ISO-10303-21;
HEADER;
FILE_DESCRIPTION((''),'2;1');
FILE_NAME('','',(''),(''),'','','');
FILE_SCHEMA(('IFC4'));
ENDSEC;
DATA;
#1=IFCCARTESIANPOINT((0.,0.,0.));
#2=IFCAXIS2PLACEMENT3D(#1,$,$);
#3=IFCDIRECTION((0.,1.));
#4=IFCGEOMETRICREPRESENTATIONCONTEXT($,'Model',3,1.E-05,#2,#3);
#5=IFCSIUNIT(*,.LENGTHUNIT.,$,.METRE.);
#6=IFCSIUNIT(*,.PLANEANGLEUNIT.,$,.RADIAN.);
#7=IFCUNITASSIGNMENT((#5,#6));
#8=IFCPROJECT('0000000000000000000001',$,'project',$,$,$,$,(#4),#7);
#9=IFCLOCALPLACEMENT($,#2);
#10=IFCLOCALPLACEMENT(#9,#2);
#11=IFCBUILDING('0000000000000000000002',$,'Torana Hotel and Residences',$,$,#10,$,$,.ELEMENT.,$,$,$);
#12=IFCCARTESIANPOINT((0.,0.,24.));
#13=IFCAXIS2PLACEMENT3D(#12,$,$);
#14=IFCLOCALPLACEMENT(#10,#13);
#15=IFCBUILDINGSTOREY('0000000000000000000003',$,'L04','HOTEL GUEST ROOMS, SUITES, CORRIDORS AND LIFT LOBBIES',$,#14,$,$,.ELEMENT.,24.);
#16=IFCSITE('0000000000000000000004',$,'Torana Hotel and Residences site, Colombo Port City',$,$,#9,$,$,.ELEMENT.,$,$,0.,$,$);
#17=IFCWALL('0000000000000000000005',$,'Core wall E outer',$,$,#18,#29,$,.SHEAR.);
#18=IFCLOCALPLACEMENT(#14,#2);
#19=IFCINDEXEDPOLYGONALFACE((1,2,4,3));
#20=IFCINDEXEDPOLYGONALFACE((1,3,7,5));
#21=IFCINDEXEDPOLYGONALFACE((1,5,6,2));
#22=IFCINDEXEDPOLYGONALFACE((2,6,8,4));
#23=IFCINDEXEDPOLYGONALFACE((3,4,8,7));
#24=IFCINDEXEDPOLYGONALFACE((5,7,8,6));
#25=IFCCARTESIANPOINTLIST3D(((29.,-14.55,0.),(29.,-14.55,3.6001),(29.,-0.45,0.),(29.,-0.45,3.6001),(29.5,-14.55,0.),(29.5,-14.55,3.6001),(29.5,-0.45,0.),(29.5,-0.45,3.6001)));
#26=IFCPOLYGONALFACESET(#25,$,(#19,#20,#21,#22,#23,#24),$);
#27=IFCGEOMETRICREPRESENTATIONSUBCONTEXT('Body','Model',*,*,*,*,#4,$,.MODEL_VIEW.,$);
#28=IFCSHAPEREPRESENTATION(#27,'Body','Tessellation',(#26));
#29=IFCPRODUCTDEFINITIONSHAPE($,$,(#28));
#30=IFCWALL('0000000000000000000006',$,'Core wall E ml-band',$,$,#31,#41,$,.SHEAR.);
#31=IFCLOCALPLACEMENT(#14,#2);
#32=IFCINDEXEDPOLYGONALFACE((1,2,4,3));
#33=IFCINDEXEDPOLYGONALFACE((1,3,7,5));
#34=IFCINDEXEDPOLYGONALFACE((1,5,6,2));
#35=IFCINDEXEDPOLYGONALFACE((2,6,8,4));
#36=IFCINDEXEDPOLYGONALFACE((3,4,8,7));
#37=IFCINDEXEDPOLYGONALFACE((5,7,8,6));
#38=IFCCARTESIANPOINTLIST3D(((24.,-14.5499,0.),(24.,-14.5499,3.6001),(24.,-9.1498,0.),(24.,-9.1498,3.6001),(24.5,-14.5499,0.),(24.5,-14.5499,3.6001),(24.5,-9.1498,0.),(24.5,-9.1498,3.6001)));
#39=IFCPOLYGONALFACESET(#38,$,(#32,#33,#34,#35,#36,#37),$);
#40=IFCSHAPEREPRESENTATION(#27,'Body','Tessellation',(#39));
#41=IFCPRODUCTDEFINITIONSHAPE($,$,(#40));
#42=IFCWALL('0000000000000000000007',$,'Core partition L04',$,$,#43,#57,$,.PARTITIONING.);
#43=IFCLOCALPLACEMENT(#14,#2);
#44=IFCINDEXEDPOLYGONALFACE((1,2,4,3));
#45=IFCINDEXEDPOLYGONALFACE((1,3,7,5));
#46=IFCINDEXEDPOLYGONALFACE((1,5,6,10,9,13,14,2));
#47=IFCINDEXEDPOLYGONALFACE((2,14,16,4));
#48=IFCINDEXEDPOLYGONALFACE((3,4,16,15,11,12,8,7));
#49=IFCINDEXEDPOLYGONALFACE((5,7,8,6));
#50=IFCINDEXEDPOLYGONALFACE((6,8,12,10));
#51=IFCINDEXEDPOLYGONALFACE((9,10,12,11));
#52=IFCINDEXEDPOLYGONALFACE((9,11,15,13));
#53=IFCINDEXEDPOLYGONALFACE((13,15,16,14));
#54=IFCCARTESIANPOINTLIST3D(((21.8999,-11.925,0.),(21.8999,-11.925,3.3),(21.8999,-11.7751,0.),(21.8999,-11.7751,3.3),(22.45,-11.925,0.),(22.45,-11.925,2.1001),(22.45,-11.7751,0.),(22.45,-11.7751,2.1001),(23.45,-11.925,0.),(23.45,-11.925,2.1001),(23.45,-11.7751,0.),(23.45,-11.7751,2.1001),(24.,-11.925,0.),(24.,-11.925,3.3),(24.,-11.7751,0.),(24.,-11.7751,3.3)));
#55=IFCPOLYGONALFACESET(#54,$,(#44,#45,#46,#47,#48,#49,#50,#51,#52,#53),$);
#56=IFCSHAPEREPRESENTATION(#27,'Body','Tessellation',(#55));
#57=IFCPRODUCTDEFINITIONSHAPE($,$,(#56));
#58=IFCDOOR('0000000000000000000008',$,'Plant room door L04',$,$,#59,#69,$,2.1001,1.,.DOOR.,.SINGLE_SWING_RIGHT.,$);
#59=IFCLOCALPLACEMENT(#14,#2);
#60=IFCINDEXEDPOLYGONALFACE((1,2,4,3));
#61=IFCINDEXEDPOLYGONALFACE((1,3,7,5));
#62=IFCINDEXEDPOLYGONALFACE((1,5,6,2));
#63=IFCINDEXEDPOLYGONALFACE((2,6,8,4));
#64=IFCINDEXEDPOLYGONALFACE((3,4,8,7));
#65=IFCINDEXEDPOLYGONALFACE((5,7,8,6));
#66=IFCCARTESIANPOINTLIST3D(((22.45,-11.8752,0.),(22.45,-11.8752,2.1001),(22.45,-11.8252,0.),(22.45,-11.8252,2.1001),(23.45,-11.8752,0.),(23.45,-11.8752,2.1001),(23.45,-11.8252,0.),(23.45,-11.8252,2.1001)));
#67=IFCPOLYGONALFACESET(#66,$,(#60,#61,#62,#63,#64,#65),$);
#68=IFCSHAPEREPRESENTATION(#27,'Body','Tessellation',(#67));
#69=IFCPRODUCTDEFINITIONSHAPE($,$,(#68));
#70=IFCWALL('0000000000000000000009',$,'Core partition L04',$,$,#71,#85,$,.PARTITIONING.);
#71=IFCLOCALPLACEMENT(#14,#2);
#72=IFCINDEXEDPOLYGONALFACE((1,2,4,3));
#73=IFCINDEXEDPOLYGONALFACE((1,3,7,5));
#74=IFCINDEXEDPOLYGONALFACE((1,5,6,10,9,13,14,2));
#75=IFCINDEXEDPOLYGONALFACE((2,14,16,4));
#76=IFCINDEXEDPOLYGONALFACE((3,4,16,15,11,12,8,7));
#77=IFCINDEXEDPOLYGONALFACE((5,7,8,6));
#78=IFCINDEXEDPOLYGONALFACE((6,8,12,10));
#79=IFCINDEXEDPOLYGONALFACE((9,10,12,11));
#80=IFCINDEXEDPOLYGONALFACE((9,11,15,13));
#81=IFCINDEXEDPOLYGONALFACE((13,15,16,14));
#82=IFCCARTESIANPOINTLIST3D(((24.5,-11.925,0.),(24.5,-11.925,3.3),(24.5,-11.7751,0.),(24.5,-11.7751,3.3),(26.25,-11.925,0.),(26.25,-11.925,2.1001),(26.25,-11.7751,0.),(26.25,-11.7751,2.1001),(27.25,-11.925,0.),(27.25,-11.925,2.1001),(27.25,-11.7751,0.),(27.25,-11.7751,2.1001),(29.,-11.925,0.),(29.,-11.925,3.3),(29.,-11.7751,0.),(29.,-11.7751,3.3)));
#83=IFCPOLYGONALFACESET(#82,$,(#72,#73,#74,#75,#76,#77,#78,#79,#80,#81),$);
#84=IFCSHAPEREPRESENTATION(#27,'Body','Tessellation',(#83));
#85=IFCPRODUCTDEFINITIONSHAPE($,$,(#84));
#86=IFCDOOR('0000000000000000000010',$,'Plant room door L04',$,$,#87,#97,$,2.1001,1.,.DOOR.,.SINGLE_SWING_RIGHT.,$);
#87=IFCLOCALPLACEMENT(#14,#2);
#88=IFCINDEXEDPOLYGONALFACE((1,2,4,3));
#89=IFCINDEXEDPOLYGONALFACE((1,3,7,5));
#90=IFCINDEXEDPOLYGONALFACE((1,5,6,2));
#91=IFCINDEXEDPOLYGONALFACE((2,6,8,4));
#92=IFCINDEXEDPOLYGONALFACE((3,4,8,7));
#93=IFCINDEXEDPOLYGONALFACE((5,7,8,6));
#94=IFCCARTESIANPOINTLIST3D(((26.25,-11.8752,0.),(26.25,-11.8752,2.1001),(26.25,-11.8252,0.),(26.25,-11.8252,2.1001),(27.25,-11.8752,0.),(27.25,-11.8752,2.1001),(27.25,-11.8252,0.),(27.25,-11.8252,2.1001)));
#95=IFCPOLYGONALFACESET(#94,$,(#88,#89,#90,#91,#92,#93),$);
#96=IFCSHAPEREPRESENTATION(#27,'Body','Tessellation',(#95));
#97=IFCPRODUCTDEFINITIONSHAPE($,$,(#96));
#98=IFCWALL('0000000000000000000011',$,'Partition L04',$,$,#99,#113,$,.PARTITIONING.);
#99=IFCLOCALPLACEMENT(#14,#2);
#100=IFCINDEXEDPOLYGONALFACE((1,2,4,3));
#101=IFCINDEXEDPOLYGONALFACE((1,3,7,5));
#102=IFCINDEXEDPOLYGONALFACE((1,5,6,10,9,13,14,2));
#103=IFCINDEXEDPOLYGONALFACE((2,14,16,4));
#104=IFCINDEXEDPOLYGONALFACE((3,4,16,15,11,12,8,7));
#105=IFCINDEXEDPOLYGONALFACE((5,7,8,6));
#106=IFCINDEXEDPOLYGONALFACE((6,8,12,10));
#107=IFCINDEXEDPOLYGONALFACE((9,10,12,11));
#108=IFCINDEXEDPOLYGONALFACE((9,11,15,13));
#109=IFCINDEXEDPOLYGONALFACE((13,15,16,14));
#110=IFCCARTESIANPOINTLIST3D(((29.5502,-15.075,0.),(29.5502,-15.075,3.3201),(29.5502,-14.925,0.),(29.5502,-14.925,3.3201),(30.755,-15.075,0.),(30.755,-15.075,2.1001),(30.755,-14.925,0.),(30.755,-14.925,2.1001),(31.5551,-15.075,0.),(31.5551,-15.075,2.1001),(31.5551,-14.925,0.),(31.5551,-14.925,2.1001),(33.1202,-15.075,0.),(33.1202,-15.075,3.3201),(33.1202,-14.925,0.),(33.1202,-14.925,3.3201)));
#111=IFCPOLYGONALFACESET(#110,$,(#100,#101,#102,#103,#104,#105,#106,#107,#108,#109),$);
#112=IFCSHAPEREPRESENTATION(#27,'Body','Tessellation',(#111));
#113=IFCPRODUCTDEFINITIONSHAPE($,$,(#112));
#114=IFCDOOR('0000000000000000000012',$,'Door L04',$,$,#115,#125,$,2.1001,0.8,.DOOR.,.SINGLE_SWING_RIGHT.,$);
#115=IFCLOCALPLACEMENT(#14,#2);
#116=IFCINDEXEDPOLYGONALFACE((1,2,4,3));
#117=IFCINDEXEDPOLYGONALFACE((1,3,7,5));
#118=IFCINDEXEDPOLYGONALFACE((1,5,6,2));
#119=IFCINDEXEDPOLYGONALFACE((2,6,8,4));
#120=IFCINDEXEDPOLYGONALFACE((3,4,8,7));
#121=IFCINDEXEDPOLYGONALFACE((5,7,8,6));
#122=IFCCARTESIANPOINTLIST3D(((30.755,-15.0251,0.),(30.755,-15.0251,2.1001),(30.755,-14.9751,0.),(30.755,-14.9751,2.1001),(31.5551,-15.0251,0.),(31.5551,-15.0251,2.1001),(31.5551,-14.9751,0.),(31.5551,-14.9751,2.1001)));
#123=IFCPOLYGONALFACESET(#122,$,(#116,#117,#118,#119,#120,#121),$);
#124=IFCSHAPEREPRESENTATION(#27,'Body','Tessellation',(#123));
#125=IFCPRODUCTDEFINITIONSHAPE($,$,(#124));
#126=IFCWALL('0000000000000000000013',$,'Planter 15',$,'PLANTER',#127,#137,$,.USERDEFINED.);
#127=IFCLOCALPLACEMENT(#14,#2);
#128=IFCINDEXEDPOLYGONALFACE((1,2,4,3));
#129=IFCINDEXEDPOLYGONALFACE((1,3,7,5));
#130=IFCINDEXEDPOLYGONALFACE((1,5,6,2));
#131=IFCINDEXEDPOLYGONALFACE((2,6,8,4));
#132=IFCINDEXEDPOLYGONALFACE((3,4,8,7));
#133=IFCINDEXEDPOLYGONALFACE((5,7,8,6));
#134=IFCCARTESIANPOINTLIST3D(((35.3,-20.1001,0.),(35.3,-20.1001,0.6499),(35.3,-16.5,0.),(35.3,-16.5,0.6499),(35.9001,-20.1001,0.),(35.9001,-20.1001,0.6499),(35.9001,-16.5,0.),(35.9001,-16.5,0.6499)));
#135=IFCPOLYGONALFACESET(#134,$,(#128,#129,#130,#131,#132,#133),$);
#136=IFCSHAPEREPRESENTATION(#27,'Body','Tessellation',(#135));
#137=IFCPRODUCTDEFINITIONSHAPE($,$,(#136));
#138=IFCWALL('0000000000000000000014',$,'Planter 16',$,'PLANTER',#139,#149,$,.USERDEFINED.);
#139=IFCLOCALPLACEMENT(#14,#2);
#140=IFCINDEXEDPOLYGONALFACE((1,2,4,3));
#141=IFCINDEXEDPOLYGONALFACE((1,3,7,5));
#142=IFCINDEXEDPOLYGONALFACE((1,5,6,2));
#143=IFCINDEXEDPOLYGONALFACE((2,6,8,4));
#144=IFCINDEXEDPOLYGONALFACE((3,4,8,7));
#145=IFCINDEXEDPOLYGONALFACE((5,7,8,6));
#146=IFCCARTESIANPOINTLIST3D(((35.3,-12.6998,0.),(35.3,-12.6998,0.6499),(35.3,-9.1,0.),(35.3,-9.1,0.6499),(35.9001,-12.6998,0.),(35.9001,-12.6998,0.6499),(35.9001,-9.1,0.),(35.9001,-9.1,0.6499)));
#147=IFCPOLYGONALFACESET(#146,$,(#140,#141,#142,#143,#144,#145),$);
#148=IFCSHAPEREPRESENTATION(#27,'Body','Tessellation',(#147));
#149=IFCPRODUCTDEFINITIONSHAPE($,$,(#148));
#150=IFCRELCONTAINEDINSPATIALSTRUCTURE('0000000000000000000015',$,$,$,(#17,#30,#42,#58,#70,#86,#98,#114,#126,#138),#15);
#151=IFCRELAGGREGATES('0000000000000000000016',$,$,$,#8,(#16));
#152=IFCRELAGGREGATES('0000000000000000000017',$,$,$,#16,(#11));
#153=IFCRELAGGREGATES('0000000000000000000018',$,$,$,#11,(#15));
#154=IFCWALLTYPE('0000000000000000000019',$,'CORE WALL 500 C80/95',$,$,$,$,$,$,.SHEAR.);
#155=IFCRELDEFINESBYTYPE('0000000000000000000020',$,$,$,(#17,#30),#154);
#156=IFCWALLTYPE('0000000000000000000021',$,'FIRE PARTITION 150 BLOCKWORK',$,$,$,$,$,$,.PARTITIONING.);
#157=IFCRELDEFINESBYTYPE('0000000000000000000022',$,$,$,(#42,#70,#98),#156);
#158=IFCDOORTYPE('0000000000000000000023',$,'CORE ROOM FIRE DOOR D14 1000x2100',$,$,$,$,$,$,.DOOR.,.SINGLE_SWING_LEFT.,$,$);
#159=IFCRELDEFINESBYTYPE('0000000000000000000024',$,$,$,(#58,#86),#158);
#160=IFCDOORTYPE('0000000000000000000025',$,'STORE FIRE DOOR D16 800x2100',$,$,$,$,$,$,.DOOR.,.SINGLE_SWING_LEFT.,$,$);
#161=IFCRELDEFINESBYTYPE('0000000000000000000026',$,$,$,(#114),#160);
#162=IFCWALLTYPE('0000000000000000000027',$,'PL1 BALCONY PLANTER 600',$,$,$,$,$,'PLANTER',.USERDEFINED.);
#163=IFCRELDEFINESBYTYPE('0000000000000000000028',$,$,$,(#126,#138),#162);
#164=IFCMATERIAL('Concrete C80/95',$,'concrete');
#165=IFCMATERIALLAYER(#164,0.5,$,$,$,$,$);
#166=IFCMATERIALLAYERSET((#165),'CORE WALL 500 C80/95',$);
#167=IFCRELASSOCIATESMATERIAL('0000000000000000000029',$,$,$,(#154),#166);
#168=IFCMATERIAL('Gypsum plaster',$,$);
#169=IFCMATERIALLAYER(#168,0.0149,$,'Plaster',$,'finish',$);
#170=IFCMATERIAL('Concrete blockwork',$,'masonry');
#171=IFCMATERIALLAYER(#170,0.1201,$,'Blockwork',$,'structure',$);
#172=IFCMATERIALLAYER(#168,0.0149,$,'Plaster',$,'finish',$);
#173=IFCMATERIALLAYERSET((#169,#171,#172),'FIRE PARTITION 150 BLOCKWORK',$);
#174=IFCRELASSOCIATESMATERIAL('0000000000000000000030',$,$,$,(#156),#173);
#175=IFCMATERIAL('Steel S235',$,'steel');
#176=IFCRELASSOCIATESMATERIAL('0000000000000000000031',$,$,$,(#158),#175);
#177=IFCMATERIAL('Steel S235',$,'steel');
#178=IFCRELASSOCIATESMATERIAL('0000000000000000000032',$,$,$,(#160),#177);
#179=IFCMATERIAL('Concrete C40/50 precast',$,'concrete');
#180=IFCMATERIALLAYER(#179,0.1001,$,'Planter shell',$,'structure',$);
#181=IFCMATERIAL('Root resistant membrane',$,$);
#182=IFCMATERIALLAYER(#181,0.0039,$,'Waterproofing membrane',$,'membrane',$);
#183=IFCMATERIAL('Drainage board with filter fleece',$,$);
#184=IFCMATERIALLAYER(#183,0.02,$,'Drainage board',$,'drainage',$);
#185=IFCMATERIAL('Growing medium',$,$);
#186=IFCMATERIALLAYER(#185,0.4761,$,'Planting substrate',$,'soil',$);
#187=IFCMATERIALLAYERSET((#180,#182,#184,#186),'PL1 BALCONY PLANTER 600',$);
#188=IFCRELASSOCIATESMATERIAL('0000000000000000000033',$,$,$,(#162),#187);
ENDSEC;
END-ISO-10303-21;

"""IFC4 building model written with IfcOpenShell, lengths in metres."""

from ifc_helpers import new_model, si_unit, direction, frame, frame_2d, origin, place, context, subcontext, project, spatial, rectangle, extrude, material, layer, layer_set, type_object, element, fill, save


model = new_model("IFC4")

# Units and contexts
model_context = context("Model", 3, precision=1e-05, world=origin(), true_north=direction((0.0, 1.0)))
body_context = subcontext(model_context, "Body", "Model", "MODEL_VIEW")
ifc_project = project(units=[si_unit("LENGTHUNIT", "METRE"), si_unit("PLANEANGLEUNIT", "RADIAN")], contexts=[model_context])

# Site, building, storey
site_placement = place(None, origin())
site = spatial("IfcSite", under=ifc_project, at=site_placement, Name="Torana Hotel and Residences site, Colombo Port City", CompositionType="ELEMENT", RefElevation=0.0)
building_placement = place(site_placement, origin())
building = spatial("IfcBuilding", under=site, at=building_placement, Name="Torana Hotel and Residences", CompositionType="ELEMENT")
storey_placement = place(building_placement, frame((0.0, 0.0, 24.0)))
storey = spatial("IfcBuildingStorey", under=building, at=storey_placement, Name="L04", Description="HOTEL GUEST ROOMS, SUITES, CORRIDORS AND LIFT LOBBIES", CompositionType="ELEMENT", Elevation=24.0)

# Walls
ifc_material_1 = material(Name="Concrete C80/95", Category="concrete")
ifc_layer_1 = layer(ifc_material_1, 0.5)
ifc_layer_set_1 = layer_set([ifc_layer_1], Name="CORE WALL 500 C80/95")
wall_type_1 = type_object("IfcWallType", Name="CORE WALL 500 C80/95", PredefinedType="SHEAR", material=ifc_layer_set_1)
wall_1_placement = place(storey_placement, frame((29.25, -14.55, 0.0), z_axis=(0.0, 0.0, 1.0), x_axis=(0.0, 1.0, 0.0)))
element("IfcWall", 1, at=wall_1_placement, inside=storey, type_object=wall_type_1, Name="Core wall E outer", PredefinedType="SHEAR", context=body_context, shape_type="SweptSolid", body=[
    extrude(rectangle(XDim=14.1001, YDim=0.5, at=frame_2d((7.05, 0.0))), origin(), (0.0, 0.0, 1.0), 3.6001),
])
wall_2_placement = place(storey_placement, frame((24.25, -14.55, 0.0), z_axis=(0.0, 0.0, 1.0), x_axis=(0.0, 1.0, 0.0)))
element("IfcWall", 2, at=wall_2_placement, inside=storey, type_object=wall_type_1, Name="Core wall E ml-band", PredefinedType="SHEAR", context=body_context, shape_type="SweptSolid", body=[
    extrude(rectangle(XDim=5.4001, YDim=0.5, at=frame_2d((2.7002, 0.0))), origin(), (0.0, 0.0, 1.0), 3.6001),
])

# Walls, openings, doors
ifc_material_2 = material(Name="Gypsum plaster")
ifc_layer_2 = layer(ifc_material_2, 0.0149, Name="Plaster", Category="finish")
ifc_material_3 = material(Name="Concrete blockwork", Category="masonry")
ifc_layer_3 = layer(ifc_material_3, 0.1201, Name="Blockwork", Category="structure")
ifc_layer_4 = layer(ifc_material_2, 0.0149, Name="Plaster", Category="finish")
ifc_layer_set_2 = layer_set([ifc_layer_2, ifc_layer_3, ifc_layer_4], Name="FIRE PARTITION 150 BLOCKWORK")
wall_type_2 = type_object("IfcWallType", Name="FIRE PARTITION 150 BLOCKWORK", PredefinedType="PARTITIONING", material=ifc_layer_set_2)
wall_3_placement = place(storey_placement, frame((21.8999, -11.8501, 0.0), z_axis=(0.0, 0.0, 1.0), x_axis=(1.0, 0.0, 0.0)))
wall_3 = element("IfcWall", 3, at=wall_3_placement, inside=storey, type_object=wall_type_2, Name="Core partition L04", PredefinedType="PARTITIONING", context=body_context, shape_type="SweptSolid", body=[
    extrude(rectangle(XDim=2.1001, YDim=0.1499, at=frame_2d((1.05, 0.0))), origin(), (0.0, 0.0, 1.0), 3.3),
])
opening_1_placement = place(wall_3_placement, frame((0.55, 0.0, 0.0)))
opening_1 = element("IfcOpeningElement", 4, at=opening_1_placement, cuts=wall_3, PredefinedType="OPENING", context=body_context, shape_type="SweptSolid", body=[
    extrude(rectangle(XDim=1.0, YDim=2.1001, at=frame_2d((0.5, 1.05))), frame((0.0, 0.085, 0.0), z_axis=(0.0, -1.0, 0.0), x_axis=(1.0, 0.0, 0.0)), (0.0, 0.0, 1.0), 0.1699),
])
ifc_material_4 = material(Name="Steel S235", Category="steel")
door_type_1 = type_object("IfcDoorType", Name="CORE ROOM FIRE DOOR D14 1000x2100", OperationType="SINGLE_SWING_LEFT", PredefinedType="DOOR", material=ifc_material_4)
door_1_placement = place(opening_1_placement, origin())
door_1 = element("IfcDoor", 5, at=door_1_placement, inside=storey, type_object=door_type_1, Name="Plant room door L04", OperationType="SINGLE_SWING_RIGHT", OverallHeight=2.1001, OverallWidth=1.0, PredefinedType="DOOR", context=body_context, shape_type="SweptSolid", body=[
    extrude(rectangle(XDim=1.0, YDim=2.1001, at=frame_2d((0.5, 1.05))), frame((0.0, 0.0249, 0.0), z_axis=(0.0, -1.0, 0.0), x_axis=(1.0, 0.0, 0.0)), (0.0, 0.0, 1.0), 0.05),
])
fill(opening_1, door_1)
wall_4_placement = place(storey_placement, frame((24.5, -11.8501, 0.0), z_axis=(0.0, 0.0, 1.0), x_axis=(1.0, 0.0, 0.0)))
wall_4 = element("IfcWall", 6, at=wall_4_placement, inside=storey, type_object=wall_type_2, Name="Core partition L04", PredefinedType="PARTITIONING", context=body_context, shape_type="SweptSolid", body=[
    extrude(rectangle(XDim=4.5, YDim=0.1499, at=frame_2d((2.25, 0.0))), origin(), (0.0, 0.0, 1.0), 3.3),
])
opening_2_placement = place(wall_4_placement, frame((1.75, 0.0, 0.0)))
opening_2 = element("IfcOpeningElement", 7, at=opening_2_placement, cuts=wall_4, PredefinedType="OPENING", context=body_context, shape_type="SweptSolid", body=[
    extrude(rectangle(XDim=1.0, YDim=2.1001, at=frame_2d((0.5, 1.05))), frame((0.0, 0.085, 0.0), z_axis=(0.0, -1.0, 0.0), x_axis=(1.0, 0.0, 0.0)), (0.0, 0.0, 1.0), 0.1699),
])
door_2_placement = place(opening_2_placement, origin())
door_2 = element("IfcDoor", 8, at=door_2_placement, inside=storey, type_object=door_type_1, Name="Plant room door L04", OperationType="SINGLE_SWING_RIGHT", OverallHeight=2.1001, OverallWidth=1.0, PredefinedType="DOOR", context=body_context, shape_type="SweptSolid", body=[
    extrude(rectangle(XDim=1.0, YDim=2.1001, at=frame_2d((0.5, 1.05))), frame((0.0, 0.0249, 0.0), z_axis=(0.0, -1.0, 0.0), x_axis=(1.0, 0.0, 0.0)), (0.0, 0.0, 1.0), 0.05),
])
fill(opening_2, door_2)
wall_5_placement = place(storey_placement, frame((29.55, -15.0, 0.0), z_axis=(0.0, 0.0, 1.0), x_axis=(1.0, 0.0, 0.0)))
wall_5 = element("IfcWall", 9, at=wall_5_placement, inside=storey, type_object=wall_type_2, Name="Partition L04", PredefinedType="PARTITIONING", context=body_context, shape_type="SweptSolid", body=[
    extrude(rectangle(XDim=3.5701, YDim=0.1499, at=frame_2d((1.7852, 0.0))), origin(), (0.0, 0.0, 1.0), 3.3201),
])
opening_3_placement = place(wall_5_placement, frame((1.2051, 0.0, 0.0)))
opening_3 = element("IfcOpeningElement", 10, at=opening_3_placement, cuts=wall_5, PredefinedType="OPENING", context=body_context, shape_type="SweptSolid", body=[
    extrude(rectangle(XDim=0.8, YDim=2.1001, at=frame_2d((0.3999, 1.05))), frame((0.0, 0.085, 0.0), z_axis=(0.0, -1.0, 0.0), x_axis=(1.0, 0.0, 0.0)), (0.0, 0.0, 1.0), 0.1699),
])
ifc_material_5 = material(Name="Steel S235", Category="steel")
door_type_2 = type_object("IfcDoorType", Name="STORE FIRE DOOR D16 800x2100", OperationType="SINGLE_SWING_LEFT", PredefinedType="DOOR", material=ifc_material_5)
door_3_placement = place(opening_3_placement, origin())
door_3 = element("IfcDoor", 11, at=door_3_placement, inside=storey, type_object=door_type_2, Name="Door L04", OperationType="SINGLE_SWING_RIGHT", OverallHeight=2.1001, OverallWidth=0.8, PredefinedType="DOOR", context=body_context, shape_type="SweptSolid", body=[
    extrude(rectangle(XDim=0.8, YDim=2.1001, at=frame_2d((0.3999, 1.05))), frame((0.0, 0.0249, 0.0), z_axis=(0.0, -1.0, 0.0), x_axis=(1.0, 0.0, 0.0)), (0.0, 0.0, 1.0), 0.05),
])
fill(opening_3, door_3)

# Walls
ifc_material_6 = material(Name="Concrete C40/50 precast", Category="concrete")
ifc_layer_5 = layer(ifc_material_6, 0.1001, Name="Planter shell", Category="structure")
ifc_material_7 = material(Name="Root resistant membrane")
ifc_layer_6 = layer(ifc_material_7, 0.0039, Name="Waterproofing membrane", Category="membrane")
ifc_material_8 = material(Name="Drainage board with filter fleece")
ifc_layer_7 = layer(ifc_material_8, 0.02, Name="Drainage board", Category="drainage")
ifc_material_9 = material(Name="Growing medium")
ifc_layer_8 = layer(ifc_material_9, 0.4761, Name="Planting substrate", Category="soil")
ifc_layer_set_3 = layer_set([ifc_layer_5, ifc_layer_6, ifc_layer_7, ifc_layer_8], Name="PL1 BALCONY PLANTER 600")
wall_type_3 = type_object("IfcWallType", Name="PL1 BALCONY PLANTER 600", ElementType="PLANTER", PredefinedType="USERDEFINED", material=ifc_layer_set_3)
wall_6_placement = place(storey_placement, frame((35.6001, -16.5, 0.0), z_axis=(0.0, 0.0, 1.0), x_axis=(0.0, -1.0, 0.0)))
element("IfcWall", 12, at=wall_6_placement, inside=storey, type_object=wall_type_3, Name="Planter 15", ObjectType="PLANTER", PredefinedType="USERDEFINED", context=body_context, shape_type="SweptSolid", body=[
    extrude(rectangle(XDim=3.6001, YDim=0.6001, at=frame_2d((1.8, 0.0))), origin(), (0.0, 0.0, 1.0), 0.6499),
])
wall_7_placement = place(storey_placement, frame((35.6001, -9.1001, 0.0), z_axis=(0.0, 0.0, 1.0), x_axis=(0.0, -1.0, 0.0)))
element("IfcWall", 13, at=wall_7_placement, inside=storey, type_object=wall_type_3, Name="Planter 16", ObjectType="PLANTER", PredefinedType="USERDEFINED", context=body_context, shape_type="SweptSolid", body=[
    extrude(rectangle(XDim=3.5999, YDim=0.6001, at=frame_2d((1.7998, 0.0))), origin(), (0.0, 0.0, 1.0), 0.6499),
])

save(model, "model.ifc")
